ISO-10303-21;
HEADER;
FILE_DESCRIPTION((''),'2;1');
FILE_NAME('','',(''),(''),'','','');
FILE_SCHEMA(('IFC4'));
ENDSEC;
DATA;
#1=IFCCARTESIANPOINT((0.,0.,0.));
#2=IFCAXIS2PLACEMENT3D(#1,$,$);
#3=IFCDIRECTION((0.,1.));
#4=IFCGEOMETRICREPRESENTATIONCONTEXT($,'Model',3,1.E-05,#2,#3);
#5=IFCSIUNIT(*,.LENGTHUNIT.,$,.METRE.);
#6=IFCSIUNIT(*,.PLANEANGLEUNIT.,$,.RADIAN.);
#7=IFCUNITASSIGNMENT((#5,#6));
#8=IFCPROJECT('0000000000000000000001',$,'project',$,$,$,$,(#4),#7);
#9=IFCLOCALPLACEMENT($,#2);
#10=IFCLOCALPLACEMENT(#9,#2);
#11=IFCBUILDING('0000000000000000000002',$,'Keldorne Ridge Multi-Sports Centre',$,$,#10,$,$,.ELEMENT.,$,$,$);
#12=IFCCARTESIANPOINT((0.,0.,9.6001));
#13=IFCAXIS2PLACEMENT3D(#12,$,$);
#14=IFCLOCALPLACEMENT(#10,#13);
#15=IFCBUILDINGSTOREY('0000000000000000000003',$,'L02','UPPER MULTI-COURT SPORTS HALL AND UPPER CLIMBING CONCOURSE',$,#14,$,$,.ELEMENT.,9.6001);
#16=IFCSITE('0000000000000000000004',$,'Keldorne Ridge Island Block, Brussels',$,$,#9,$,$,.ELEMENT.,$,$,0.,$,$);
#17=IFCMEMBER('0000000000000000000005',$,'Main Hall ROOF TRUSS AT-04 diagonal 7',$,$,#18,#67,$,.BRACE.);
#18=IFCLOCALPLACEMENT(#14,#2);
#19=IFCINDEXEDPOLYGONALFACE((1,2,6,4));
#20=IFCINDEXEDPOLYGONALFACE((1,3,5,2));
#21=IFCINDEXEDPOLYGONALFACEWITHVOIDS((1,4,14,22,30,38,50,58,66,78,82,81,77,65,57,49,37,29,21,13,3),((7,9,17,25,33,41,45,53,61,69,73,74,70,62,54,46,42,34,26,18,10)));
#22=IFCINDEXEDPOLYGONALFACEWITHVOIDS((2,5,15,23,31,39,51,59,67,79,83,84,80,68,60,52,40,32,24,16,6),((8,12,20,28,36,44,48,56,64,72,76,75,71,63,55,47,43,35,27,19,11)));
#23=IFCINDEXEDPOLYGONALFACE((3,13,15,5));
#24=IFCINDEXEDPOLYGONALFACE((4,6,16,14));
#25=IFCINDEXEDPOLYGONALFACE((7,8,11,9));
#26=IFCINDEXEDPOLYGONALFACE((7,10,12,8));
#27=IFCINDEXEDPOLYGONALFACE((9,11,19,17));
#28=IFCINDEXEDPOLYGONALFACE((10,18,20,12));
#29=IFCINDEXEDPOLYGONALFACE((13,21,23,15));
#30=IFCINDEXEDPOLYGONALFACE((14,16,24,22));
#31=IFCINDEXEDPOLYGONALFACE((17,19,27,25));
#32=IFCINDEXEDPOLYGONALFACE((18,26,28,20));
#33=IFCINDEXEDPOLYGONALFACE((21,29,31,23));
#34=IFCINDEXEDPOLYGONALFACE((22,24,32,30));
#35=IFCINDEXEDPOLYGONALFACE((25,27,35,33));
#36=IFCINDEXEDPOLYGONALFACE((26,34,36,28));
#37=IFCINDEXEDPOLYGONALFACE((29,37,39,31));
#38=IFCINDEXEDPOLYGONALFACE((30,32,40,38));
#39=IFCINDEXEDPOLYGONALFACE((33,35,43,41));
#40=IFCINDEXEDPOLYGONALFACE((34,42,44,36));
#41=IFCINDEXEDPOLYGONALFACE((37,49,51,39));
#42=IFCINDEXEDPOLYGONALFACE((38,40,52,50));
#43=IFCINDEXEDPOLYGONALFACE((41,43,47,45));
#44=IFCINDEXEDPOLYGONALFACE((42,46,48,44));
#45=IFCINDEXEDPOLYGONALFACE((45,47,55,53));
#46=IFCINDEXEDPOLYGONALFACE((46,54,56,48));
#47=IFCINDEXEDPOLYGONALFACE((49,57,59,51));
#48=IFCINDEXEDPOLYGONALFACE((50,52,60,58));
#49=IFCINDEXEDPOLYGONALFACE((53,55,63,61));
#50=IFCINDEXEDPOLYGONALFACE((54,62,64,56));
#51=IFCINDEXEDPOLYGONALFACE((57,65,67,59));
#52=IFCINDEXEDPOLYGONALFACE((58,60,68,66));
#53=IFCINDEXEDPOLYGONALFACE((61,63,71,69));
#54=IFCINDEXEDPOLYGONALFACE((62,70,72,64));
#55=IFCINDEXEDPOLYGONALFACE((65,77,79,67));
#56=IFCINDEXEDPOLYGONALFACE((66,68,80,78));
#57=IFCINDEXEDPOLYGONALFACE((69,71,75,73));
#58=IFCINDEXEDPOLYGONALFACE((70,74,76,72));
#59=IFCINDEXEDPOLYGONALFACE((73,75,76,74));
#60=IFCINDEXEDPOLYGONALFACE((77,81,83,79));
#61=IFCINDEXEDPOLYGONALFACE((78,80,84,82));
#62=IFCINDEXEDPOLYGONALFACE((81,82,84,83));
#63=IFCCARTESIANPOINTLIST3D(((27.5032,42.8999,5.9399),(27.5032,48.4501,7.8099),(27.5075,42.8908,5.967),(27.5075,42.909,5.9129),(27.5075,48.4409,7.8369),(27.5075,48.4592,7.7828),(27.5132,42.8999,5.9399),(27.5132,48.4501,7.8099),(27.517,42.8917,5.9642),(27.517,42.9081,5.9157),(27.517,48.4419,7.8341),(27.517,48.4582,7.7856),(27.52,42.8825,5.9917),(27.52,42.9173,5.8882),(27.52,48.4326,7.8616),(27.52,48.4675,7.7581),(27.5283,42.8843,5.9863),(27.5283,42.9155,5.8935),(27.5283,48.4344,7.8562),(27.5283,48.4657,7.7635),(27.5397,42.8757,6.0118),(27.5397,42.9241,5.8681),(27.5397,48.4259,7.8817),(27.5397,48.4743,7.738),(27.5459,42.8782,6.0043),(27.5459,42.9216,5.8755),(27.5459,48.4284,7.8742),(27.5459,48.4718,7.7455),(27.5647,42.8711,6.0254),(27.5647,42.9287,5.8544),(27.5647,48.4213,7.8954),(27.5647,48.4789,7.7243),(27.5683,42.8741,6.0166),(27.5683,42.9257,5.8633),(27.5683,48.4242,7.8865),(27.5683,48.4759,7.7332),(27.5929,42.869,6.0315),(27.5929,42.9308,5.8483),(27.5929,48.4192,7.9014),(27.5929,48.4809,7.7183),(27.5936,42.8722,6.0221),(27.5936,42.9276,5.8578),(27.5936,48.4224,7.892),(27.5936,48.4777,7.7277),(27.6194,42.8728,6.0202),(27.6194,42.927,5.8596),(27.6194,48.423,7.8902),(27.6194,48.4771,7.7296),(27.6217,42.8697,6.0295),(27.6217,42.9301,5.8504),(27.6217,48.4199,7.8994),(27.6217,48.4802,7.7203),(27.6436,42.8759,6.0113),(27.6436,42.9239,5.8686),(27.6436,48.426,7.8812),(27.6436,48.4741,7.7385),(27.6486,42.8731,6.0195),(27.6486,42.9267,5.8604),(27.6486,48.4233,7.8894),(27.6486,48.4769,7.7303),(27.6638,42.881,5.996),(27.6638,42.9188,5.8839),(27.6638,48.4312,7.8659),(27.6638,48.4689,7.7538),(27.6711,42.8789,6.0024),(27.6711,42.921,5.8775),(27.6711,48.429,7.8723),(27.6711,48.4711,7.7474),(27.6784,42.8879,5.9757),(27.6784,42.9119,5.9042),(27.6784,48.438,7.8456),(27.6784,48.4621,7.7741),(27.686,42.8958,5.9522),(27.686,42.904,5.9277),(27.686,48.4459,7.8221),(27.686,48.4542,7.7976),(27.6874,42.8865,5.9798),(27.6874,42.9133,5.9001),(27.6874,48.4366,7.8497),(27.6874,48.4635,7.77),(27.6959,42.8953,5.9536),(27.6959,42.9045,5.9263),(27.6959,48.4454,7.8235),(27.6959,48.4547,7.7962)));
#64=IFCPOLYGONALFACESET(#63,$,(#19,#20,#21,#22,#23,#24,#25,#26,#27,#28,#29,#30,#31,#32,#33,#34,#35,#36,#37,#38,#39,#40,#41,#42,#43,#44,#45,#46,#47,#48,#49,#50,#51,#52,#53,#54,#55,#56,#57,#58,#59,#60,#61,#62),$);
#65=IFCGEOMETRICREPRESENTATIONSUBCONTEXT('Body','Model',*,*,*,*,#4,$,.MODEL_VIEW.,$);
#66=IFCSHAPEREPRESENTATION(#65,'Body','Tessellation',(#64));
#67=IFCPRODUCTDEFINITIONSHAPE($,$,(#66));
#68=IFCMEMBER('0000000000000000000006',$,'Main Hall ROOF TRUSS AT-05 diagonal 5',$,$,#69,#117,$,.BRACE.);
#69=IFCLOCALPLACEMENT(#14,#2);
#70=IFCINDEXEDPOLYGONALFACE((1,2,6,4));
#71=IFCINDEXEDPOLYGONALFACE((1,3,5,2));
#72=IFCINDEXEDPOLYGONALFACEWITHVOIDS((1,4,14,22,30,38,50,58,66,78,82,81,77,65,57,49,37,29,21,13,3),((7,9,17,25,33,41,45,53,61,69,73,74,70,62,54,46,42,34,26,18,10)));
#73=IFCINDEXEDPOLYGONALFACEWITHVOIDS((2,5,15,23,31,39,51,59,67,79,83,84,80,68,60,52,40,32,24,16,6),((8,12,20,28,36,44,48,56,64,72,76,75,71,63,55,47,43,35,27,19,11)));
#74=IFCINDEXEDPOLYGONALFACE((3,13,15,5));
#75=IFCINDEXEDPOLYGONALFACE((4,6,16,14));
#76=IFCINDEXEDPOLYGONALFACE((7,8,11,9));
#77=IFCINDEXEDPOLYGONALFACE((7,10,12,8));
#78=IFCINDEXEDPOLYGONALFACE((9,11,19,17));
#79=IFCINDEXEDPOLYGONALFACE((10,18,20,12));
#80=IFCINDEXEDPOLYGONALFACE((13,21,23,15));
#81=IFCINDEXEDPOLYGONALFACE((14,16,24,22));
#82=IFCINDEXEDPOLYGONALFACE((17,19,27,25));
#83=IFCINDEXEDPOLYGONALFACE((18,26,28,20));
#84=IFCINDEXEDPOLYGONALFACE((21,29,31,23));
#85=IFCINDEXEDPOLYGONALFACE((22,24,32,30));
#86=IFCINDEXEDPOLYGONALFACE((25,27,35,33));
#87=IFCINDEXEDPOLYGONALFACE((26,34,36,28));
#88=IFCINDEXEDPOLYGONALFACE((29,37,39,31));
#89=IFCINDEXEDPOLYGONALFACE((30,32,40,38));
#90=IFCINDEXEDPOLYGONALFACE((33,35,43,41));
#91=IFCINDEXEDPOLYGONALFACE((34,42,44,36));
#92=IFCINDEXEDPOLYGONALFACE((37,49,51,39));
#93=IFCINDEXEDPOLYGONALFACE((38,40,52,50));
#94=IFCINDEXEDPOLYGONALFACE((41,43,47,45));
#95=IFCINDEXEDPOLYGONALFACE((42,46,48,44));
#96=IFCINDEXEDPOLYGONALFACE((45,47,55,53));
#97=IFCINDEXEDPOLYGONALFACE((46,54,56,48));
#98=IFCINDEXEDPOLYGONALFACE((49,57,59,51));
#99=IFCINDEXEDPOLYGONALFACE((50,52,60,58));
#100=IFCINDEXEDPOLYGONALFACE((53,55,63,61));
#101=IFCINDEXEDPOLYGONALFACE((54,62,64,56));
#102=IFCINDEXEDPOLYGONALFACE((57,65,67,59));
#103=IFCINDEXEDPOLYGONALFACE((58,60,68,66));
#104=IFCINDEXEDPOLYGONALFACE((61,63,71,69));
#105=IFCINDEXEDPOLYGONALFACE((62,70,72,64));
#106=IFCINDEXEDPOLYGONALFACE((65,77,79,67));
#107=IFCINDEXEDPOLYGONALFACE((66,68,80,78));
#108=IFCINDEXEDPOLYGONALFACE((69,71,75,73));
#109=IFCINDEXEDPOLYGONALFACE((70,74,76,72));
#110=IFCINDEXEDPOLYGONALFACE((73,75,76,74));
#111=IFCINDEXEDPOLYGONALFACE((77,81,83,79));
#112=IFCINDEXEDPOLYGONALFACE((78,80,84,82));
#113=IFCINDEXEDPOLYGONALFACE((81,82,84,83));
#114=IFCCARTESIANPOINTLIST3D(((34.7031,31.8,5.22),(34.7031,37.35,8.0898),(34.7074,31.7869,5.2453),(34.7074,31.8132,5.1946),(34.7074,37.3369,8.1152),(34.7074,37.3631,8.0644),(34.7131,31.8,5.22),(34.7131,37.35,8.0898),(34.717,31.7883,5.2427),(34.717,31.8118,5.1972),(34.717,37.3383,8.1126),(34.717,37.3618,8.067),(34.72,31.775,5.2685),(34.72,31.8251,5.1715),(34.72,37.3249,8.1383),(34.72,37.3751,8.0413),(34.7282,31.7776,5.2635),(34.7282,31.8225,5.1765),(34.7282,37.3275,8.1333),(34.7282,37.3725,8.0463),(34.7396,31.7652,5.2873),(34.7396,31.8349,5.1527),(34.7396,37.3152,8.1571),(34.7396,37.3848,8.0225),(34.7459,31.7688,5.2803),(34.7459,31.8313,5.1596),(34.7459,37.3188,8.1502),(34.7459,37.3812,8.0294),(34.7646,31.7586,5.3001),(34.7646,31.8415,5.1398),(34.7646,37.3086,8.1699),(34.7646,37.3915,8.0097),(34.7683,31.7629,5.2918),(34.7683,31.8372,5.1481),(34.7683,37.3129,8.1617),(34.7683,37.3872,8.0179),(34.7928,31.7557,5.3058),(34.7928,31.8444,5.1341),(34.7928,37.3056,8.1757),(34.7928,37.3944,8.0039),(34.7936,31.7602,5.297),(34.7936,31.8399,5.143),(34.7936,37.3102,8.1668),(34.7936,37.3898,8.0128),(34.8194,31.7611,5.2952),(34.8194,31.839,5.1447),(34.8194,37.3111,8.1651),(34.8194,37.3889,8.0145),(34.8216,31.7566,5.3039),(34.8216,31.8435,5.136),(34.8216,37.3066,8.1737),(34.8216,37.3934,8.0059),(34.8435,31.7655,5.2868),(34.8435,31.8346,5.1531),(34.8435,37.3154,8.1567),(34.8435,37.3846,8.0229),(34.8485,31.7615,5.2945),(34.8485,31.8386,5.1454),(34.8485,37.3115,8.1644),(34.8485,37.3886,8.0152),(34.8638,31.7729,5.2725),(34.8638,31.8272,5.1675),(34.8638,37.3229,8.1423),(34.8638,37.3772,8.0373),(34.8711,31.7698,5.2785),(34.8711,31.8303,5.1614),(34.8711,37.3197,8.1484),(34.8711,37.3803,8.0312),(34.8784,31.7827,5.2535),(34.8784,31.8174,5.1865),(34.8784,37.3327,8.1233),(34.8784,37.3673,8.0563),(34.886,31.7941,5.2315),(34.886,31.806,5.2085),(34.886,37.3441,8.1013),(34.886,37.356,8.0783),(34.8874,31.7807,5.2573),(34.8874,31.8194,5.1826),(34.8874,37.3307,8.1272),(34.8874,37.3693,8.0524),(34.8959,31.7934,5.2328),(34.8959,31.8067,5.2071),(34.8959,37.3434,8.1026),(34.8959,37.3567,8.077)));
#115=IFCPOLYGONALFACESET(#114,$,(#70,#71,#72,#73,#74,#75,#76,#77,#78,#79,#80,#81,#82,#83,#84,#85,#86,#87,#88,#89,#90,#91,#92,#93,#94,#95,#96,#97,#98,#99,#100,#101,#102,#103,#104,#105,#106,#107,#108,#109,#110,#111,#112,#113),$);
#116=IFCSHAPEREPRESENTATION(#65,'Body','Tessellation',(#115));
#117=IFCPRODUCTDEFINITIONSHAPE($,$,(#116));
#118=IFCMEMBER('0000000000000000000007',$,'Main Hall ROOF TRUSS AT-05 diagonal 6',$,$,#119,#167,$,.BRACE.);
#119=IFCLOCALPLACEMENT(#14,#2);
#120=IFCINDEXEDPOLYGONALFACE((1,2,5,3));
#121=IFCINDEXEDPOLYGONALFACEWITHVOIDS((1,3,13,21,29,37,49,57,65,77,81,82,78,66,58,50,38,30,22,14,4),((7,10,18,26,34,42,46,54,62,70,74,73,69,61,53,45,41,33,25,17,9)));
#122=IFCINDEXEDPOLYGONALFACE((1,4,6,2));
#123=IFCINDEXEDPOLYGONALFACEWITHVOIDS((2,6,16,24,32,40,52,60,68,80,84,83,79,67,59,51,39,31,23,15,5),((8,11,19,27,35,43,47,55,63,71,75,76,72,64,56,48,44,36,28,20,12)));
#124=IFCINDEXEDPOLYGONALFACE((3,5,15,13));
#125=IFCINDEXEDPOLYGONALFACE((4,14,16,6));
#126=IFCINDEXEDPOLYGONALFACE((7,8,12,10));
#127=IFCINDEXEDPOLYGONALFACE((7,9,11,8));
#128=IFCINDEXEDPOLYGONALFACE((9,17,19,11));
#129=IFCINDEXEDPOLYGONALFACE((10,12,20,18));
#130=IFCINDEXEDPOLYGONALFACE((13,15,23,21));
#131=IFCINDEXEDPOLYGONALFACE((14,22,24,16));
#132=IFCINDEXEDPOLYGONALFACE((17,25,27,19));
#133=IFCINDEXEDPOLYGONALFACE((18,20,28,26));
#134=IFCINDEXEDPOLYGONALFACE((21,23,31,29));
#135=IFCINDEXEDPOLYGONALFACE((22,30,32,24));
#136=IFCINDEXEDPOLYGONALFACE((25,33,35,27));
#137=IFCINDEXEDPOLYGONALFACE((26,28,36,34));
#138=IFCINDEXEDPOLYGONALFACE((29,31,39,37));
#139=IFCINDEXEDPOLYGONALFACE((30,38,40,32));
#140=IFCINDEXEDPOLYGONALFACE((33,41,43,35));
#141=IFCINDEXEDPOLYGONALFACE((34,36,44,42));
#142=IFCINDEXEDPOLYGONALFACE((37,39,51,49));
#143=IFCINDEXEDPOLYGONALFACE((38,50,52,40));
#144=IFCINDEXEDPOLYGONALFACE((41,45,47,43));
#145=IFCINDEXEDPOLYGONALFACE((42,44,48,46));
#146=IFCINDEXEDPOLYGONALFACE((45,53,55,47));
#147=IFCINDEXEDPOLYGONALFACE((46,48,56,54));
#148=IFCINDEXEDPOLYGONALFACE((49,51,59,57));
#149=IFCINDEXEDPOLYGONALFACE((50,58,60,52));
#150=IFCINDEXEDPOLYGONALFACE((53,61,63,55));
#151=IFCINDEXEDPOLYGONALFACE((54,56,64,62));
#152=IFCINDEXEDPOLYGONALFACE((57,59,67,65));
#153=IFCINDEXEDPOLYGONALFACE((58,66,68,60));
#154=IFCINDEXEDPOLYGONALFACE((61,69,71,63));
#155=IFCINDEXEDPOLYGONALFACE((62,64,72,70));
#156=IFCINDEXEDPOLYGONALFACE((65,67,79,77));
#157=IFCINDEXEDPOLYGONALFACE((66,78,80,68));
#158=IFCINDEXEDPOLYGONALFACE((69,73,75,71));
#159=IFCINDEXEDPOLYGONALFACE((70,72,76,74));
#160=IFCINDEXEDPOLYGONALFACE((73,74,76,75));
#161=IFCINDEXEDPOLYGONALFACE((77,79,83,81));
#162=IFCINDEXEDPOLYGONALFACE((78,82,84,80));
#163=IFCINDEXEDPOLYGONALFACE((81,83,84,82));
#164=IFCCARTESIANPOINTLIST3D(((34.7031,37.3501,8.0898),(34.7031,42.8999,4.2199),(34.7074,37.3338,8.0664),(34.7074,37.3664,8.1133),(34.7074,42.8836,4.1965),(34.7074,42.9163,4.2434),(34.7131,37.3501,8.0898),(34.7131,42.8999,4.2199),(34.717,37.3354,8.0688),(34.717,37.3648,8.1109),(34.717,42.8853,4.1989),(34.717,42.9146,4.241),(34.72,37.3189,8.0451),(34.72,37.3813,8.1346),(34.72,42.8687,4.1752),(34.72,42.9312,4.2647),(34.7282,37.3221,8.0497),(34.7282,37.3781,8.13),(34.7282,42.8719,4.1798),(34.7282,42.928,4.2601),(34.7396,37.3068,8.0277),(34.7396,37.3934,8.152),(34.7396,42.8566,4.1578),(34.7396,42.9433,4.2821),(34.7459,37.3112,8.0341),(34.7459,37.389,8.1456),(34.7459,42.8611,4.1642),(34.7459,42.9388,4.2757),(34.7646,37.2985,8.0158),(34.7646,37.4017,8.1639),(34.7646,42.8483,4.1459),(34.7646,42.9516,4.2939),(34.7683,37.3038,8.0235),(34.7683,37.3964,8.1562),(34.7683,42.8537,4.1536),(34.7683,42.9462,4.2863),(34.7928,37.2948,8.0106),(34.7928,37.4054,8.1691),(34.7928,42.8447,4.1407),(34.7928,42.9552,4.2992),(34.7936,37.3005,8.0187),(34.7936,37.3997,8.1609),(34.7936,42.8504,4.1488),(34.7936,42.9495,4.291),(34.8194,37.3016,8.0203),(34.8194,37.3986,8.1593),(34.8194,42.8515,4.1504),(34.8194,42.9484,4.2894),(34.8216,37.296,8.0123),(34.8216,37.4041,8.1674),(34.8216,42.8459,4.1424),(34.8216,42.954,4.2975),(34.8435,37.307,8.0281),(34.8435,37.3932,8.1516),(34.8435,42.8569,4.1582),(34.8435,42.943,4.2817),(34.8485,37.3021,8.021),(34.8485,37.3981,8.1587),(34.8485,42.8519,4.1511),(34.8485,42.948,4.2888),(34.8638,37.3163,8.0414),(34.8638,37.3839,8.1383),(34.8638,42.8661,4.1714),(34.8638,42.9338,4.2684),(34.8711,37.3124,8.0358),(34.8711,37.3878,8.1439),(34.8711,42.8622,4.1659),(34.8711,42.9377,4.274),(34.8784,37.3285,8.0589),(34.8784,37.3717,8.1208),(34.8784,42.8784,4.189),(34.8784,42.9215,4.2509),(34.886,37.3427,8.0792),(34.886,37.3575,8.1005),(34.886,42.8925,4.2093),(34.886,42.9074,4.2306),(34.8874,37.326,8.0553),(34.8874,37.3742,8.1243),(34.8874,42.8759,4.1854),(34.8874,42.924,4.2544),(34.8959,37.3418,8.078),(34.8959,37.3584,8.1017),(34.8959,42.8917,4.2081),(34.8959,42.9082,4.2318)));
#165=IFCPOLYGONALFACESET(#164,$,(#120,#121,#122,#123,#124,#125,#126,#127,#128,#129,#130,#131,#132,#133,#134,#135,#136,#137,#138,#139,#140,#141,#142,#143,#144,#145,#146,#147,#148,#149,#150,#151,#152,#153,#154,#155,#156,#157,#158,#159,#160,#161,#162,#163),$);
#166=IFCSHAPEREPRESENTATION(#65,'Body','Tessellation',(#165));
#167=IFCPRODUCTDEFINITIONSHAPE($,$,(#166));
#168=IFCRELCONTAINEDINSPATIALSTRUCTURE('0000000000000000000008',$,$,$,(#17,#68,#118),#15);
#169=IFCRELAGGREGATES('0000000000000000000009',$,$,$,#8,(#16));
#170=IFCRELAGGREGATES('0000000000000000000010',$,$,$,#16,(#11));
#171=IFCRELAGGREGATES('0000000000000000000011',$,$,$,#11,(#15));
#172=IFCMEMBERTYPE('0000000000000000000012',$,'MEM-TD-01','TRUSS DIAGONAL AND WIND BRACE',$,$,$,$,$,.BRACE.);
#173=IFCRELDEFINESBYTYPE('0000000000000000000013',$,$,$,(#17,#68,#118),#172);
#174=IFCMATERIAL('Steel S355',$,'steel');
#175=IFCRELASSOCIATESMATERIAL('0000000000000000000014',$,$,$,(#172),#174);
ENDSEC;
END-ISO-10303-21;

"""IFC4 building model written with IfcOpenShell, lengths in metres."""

from ifc_helpers import new_model, si_unit, direction, frame, origin, origin_2d, place, context, subcontext, project, spatial, hollow_circle, extrude, material, material_profile, profile_set, type_object, element, save


model = new_model("IFC4")

# Units and contexts
model_context = context("Model", 3, precision=1e-05, world=origin(), true_north=direction((0.0, 1.0)))
body_context = subcontext(model_context, "Body", "Model", "MODEL_VIEW")
ifc_project = project(units=[si_unit("LENGTHUNIT", "METRE"), si_unit("PLANEANGLEUNIT", "RADIAN")], contexts=[model_context])

# Site, building, storey
site_placement = place(None, origin())
site = spatial("IfcSite", under=ifc_project, at=site_placement, Name="Keldorne Ridge Island Block, Brussels", CompositionType="ELEMENT", RefElevation=0.0)
building_placement = place(site_placement, origin())
building = spatial("IfcBuilding", under=site, at=building_placement, Name="Keldorne Ridge Multi-Sports Centre", CompositionType="ELEMENT")
storey_placement = place(building_placement, frame((0.0, 0.0, 9.6001)))
storey = spatial("IfcBuildingStorey", under=building, at=storey_placement, Name="L02", Description="UPPER MULTI-COURT SPORTS HALL AND UPPER CLIMBING CONCOURSE", CompositionType="ELEMENT", Elevation=9.6001)

# Members
ifc_material = material(Name="Steel S355", Category="steel")
ifc_material_profile_1 = material_profile(ifc_material, hollow_circle(Radius=0.0969, WallThickness=0.01, at=origin_2d()), Name="CHS 193.7x10")
ifc_profile_set_1 = profile_set([ifc_material_profile_1], Name="Steel S355")
member_type_1 = type_object("IfcMemberType", Name="MEM-TD-01", Description="TRUSS DIAGONAL AND WIND BRACE", PredefinedType="BRACE", material=ifc_profile_set_1)
member_1_placement = place(storey_placement, frame((27.6001, 42.8999, 5.9399), z_axis=(0.0, 0.947661, 0.319278), x_axis=(-1.0, 0.0, 0.0)))
element("IfcMember", 1, at=member_1_placement, inside=storey, type_object=member_type_1, Name="Main Hall ROOF TRUSS AT-04 diagonal 7", PredefinedType="BRACE", context=body_context, shape_type="SweptSolid", body=[
    extrude(hollow_circle(Radius=0.0969, WallThickness=0.01, at=origin_2d()), origin(), (0.0, 0.0, 1.0), 5.8567),
])
member_2_placement = place(storey_placement, frame((34.8, 31.8, 5.22), z_axis=(0.0, 0.888273, 0.459317), x_axis=(-1.0, 0.0, 0.0)))
element("IfcMember", 2, at=member_2_placement, inside=storey, type_object=member_type_1, Name="Main Hall ROOF TRUSS AT-05 diagonal 5", PredefinedType="BRACE", context=body_context, shape_type="SweptSolid", body=[
    extrude(hollow_circle(Radius=0.0969, WallThickness=0.01, at=origin_2d()), origin(), (0.0, 0.0, 1.0), 6.248),
])
member_3_placement = place(storey_placement, frame((34.8, 37.3501, 8.0898), z_axis=(0.0, 0.820271, -0.571974), x_axis=(-1.0, 0.0, 0.0)))
element("IfcMember", 3, at=member_3_placement, inside=storey, type_object=member_type_1, Name="Main Hall ROOF TRUSS AT-05 diagonal 6", PredefinedType="BRACE", context=body_context, shape_type="SweptSolid", body=[
    extrude(hollow_circle(Radius=0.0969, WallThickness=0.01, at=origin_2d()), origin(), (0.0, 0.0, 1.0), 6.7659),
])

save(model, "model.ifc")
